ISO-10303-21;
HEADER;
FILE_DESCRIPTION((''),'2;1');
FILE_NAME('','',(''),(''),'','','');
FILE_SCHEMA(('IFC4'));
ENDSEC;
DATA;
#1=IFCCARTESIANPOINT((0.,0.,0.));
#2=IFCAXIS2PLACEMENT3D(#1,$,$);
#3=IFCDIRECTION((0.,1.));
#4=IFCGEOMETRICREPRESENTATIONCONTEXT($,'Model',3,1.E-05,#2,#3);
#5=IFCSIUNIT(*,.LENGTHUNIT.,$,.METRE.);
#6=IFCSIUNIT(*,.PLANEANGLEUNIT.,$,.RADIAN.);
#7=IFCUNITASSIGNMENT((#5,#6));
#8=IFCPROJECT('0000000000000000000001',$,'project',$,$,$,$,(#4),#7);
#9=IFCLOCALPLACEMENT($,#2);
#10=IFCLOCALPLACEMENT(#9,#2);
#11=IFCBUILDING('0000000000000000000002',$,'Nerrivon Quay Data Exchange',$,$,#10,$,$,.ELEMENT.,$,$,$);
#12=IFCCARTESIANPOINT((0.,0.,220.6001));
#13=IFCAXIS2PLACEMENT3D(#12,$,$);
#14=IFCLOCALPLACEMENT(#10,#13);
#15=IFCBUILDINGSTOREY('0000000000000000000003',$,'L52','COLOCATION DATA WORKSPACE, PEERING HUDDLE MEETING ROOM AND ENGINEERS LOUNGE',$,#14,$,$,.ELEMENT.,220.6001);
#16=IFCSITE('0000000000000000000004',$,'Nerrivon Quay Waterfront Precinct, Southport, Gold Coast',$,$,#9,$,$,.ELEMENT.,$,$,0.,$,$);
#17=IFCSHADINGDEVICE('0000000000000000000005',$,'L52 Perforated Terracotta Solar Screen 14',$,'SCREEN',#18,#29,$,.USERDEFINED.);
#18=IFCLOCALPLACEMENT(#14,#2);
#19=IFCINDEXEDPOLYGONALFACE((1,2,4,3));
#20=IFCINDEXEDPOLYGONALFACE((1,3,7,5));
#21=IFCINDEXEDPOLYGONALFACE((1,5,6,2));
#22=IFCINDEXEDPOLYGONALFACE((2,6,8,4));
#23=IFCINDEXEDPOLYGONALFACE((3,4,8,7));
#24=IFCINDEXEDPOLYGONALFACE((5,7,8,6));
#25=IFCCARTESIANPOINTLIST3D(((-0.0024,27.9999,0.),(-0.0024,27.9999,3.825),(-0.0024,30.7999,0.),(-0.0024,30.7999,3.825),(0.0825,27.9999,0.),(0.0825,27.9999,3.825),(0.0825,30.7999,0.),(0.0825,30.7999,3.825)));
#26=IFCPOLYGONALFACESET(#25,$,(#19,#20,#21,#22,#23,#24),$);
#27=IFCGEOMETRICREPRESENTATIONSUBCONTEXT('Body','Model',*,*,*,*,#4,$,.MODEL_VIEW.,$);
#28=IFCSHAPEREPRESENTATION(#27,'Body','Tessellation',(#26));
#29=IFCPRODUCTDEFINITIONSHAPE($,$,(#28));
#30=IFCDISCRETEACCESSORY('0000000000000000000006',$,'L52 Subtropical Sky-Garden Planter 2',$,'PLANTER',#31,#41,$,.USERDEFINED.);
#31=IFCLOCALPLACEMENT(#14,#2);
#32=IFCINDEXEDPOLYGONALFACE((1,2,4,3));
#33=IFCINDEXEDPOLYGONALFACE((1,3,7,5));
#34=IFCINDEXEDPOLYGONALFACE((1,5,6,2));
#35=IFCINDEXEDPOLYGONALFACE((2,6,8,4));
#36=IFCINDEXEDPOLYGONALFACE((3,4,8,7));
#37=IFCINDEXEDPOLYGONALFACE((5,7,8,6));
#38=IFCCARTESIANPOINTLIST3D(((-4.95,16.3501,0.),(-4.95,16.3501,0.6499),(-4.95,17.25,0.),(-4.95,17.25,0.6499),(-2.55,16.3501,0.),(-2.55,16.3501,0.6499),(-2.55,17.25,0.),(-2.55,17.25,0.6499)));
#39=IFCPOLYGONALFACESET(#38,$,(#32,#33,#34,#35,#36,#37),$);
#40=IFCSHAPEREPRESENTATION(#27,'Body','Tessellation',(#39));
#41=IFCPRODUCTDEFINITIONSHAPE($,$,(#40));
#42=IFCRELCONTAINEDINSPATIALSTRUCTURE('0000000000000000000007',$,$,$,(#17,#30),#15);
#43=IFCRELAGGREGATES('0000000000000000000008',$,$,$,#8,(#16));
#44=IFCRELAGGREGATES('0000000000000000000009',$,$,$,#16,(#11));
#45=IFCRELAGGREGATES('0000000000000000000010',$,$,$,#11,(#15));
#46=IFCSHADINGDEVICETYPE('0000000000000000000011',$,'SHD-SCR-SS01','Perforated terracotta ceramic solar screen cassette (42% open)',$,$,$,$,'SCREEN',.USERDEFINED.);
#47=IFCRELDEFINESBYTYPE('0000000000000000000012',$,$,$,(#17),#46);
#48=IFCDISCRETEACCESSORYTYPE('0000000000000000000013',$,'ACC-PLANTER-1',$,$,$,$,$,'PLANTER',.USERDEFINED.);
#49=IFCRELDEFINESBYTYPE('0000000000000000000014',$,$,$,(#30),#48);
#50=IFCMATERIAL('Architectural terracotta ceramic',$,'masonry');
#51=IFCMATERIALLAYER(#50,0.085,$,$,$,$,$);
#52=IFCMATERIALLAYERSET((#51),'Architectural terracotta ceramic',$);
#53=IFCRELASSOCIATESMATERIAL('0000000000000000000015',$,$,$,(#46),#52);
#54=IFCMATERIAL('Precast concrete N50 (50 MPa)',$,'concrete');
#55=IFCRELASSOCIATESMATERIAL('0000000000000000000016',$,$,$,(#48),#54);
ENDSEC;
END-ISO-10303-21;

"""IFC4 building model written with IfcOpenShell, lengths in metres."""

from ifc_helpers import new_model, si_unit, direction, frame, origin, origin_2d, place, context, subcontext, project, spatial, rectangle, extrude, material, layer, layer_set, type_object, element, save


model = new_model("IFC4")

# Units and contexts
model_context = context("Model", 3, precision=1e-05, world=origin(), true_north=direction((0.0, 1.0)))
body_context = subcontext(model_context, "Body", "Model", "MODEL_VIEW")
ifc_project = project(units=[si_unit("LENGTHUNIT", "METRE"), si_unit("PLANEANGLEUNIT", "RADIAN")], contexts=[model_context])

# Site, building, storey
site_placement = place(None, origin())
site = spatial("IfcSite", under=ifc_project, at=site_placement, Name="Nerrivon Quay Waterfront Precinct, Southport, Gold Coast", CompositionType="ELEMENT", RefElevation=0.0)
building_placement = place(site_placement, origin())
building = spatial("IfcBuilding", under=site, at=building_placement, Name="Nerrivon Quay Data Exchange", CompositionType="ELEMENT")
storey_placement = place(building_placement, frame((0.0, 0.0, 220.6001)))
storey = spatial("IfcBuildingStorey", under=building, at=storey_placement, Name="L52", Description="COLOCATION DATA WORKSPACE, PEERING HUDDLE MEETING ROOM AND ENGINEERS LOUNGE", CompositionType="ELEMENT", Elevation=220.6001)

# Shared definitions
ifc_material_1 = material(Name="Architectural terracotta ceramic", Category="masonry")

# Shading device
ifc_layer_1 = layer(ifc_material_1, 0.085)
ifc_layer_set_1 = layer_set([ifc_layer_1], Name="Architectural terracotta ceramic")
shading_device_type_1 = type_object("IfcShadingDeviceType", Name="SHD-SCR-SS01", Description="Perforated terracotta ceramic solar screen cassette (42% open)", ElementType="SCREEN", PredefinedType="USERDEFINED", material=ifc_layer_set_1)
shading_device_1_placement = place(storey_placement, frame((0.04, 29.3999, 0.0), z_axis=(0.0, 0.0, 1.0), x_axis=(0.0, 1.0, 0.0)))
element("IfcShadingDevice", 1, at=shading_device_1_placement, inside=storey, type_object=shading_device_type_1, Name="L52 Perforated Terracotta Solar Screen 14", ObjectType="SCREEN", PredefinedType="USERDEFINED", context=body_context, shape_type="SweptSolid", body=[
    extrude(rectangle(XDim=2.8, YDim=0.085, at=origin_2d()), origin(), (0.0, 0.0, 1.0), 3.825),
])

# Discrete accessory
ifc_material_2 = material(Name="Precast concrete N50 (50 MPa)", Category="concrete")
discrete_accessory_type = type_object("IfcDiscreteAccessoryType", Name="ACC-PLANTER-1", ElementType="PLANTER", PredefinedType="USERDEFINED", material=ifc_material_2)
discrete_accessory_placement = place(storey_placement, frame((-3.75, 16.8, 0.0), z_axis=(0.0, 0.0, 1.0), x_axis=(1.0, 0.0, 0.0)))
element("IfcDiscreteAccessory", 2, at=discrete_accessory_placement, inside=storey, type_object=discrete_accessory_type, Name="L52 Subtropical Sky-Garden Planter 2", ObjectType="PLANTER", PredefinedType="USERDEFINED", context=body_context, shape_type="SweptSolid", body=[
    extrude(rectangle(XDim=2.3999, YDim=0.8999, at=origin_2d()), origin(), (0.0, 0.0, 1.0), 0.6499),
])

save(model, "model.ifc")
